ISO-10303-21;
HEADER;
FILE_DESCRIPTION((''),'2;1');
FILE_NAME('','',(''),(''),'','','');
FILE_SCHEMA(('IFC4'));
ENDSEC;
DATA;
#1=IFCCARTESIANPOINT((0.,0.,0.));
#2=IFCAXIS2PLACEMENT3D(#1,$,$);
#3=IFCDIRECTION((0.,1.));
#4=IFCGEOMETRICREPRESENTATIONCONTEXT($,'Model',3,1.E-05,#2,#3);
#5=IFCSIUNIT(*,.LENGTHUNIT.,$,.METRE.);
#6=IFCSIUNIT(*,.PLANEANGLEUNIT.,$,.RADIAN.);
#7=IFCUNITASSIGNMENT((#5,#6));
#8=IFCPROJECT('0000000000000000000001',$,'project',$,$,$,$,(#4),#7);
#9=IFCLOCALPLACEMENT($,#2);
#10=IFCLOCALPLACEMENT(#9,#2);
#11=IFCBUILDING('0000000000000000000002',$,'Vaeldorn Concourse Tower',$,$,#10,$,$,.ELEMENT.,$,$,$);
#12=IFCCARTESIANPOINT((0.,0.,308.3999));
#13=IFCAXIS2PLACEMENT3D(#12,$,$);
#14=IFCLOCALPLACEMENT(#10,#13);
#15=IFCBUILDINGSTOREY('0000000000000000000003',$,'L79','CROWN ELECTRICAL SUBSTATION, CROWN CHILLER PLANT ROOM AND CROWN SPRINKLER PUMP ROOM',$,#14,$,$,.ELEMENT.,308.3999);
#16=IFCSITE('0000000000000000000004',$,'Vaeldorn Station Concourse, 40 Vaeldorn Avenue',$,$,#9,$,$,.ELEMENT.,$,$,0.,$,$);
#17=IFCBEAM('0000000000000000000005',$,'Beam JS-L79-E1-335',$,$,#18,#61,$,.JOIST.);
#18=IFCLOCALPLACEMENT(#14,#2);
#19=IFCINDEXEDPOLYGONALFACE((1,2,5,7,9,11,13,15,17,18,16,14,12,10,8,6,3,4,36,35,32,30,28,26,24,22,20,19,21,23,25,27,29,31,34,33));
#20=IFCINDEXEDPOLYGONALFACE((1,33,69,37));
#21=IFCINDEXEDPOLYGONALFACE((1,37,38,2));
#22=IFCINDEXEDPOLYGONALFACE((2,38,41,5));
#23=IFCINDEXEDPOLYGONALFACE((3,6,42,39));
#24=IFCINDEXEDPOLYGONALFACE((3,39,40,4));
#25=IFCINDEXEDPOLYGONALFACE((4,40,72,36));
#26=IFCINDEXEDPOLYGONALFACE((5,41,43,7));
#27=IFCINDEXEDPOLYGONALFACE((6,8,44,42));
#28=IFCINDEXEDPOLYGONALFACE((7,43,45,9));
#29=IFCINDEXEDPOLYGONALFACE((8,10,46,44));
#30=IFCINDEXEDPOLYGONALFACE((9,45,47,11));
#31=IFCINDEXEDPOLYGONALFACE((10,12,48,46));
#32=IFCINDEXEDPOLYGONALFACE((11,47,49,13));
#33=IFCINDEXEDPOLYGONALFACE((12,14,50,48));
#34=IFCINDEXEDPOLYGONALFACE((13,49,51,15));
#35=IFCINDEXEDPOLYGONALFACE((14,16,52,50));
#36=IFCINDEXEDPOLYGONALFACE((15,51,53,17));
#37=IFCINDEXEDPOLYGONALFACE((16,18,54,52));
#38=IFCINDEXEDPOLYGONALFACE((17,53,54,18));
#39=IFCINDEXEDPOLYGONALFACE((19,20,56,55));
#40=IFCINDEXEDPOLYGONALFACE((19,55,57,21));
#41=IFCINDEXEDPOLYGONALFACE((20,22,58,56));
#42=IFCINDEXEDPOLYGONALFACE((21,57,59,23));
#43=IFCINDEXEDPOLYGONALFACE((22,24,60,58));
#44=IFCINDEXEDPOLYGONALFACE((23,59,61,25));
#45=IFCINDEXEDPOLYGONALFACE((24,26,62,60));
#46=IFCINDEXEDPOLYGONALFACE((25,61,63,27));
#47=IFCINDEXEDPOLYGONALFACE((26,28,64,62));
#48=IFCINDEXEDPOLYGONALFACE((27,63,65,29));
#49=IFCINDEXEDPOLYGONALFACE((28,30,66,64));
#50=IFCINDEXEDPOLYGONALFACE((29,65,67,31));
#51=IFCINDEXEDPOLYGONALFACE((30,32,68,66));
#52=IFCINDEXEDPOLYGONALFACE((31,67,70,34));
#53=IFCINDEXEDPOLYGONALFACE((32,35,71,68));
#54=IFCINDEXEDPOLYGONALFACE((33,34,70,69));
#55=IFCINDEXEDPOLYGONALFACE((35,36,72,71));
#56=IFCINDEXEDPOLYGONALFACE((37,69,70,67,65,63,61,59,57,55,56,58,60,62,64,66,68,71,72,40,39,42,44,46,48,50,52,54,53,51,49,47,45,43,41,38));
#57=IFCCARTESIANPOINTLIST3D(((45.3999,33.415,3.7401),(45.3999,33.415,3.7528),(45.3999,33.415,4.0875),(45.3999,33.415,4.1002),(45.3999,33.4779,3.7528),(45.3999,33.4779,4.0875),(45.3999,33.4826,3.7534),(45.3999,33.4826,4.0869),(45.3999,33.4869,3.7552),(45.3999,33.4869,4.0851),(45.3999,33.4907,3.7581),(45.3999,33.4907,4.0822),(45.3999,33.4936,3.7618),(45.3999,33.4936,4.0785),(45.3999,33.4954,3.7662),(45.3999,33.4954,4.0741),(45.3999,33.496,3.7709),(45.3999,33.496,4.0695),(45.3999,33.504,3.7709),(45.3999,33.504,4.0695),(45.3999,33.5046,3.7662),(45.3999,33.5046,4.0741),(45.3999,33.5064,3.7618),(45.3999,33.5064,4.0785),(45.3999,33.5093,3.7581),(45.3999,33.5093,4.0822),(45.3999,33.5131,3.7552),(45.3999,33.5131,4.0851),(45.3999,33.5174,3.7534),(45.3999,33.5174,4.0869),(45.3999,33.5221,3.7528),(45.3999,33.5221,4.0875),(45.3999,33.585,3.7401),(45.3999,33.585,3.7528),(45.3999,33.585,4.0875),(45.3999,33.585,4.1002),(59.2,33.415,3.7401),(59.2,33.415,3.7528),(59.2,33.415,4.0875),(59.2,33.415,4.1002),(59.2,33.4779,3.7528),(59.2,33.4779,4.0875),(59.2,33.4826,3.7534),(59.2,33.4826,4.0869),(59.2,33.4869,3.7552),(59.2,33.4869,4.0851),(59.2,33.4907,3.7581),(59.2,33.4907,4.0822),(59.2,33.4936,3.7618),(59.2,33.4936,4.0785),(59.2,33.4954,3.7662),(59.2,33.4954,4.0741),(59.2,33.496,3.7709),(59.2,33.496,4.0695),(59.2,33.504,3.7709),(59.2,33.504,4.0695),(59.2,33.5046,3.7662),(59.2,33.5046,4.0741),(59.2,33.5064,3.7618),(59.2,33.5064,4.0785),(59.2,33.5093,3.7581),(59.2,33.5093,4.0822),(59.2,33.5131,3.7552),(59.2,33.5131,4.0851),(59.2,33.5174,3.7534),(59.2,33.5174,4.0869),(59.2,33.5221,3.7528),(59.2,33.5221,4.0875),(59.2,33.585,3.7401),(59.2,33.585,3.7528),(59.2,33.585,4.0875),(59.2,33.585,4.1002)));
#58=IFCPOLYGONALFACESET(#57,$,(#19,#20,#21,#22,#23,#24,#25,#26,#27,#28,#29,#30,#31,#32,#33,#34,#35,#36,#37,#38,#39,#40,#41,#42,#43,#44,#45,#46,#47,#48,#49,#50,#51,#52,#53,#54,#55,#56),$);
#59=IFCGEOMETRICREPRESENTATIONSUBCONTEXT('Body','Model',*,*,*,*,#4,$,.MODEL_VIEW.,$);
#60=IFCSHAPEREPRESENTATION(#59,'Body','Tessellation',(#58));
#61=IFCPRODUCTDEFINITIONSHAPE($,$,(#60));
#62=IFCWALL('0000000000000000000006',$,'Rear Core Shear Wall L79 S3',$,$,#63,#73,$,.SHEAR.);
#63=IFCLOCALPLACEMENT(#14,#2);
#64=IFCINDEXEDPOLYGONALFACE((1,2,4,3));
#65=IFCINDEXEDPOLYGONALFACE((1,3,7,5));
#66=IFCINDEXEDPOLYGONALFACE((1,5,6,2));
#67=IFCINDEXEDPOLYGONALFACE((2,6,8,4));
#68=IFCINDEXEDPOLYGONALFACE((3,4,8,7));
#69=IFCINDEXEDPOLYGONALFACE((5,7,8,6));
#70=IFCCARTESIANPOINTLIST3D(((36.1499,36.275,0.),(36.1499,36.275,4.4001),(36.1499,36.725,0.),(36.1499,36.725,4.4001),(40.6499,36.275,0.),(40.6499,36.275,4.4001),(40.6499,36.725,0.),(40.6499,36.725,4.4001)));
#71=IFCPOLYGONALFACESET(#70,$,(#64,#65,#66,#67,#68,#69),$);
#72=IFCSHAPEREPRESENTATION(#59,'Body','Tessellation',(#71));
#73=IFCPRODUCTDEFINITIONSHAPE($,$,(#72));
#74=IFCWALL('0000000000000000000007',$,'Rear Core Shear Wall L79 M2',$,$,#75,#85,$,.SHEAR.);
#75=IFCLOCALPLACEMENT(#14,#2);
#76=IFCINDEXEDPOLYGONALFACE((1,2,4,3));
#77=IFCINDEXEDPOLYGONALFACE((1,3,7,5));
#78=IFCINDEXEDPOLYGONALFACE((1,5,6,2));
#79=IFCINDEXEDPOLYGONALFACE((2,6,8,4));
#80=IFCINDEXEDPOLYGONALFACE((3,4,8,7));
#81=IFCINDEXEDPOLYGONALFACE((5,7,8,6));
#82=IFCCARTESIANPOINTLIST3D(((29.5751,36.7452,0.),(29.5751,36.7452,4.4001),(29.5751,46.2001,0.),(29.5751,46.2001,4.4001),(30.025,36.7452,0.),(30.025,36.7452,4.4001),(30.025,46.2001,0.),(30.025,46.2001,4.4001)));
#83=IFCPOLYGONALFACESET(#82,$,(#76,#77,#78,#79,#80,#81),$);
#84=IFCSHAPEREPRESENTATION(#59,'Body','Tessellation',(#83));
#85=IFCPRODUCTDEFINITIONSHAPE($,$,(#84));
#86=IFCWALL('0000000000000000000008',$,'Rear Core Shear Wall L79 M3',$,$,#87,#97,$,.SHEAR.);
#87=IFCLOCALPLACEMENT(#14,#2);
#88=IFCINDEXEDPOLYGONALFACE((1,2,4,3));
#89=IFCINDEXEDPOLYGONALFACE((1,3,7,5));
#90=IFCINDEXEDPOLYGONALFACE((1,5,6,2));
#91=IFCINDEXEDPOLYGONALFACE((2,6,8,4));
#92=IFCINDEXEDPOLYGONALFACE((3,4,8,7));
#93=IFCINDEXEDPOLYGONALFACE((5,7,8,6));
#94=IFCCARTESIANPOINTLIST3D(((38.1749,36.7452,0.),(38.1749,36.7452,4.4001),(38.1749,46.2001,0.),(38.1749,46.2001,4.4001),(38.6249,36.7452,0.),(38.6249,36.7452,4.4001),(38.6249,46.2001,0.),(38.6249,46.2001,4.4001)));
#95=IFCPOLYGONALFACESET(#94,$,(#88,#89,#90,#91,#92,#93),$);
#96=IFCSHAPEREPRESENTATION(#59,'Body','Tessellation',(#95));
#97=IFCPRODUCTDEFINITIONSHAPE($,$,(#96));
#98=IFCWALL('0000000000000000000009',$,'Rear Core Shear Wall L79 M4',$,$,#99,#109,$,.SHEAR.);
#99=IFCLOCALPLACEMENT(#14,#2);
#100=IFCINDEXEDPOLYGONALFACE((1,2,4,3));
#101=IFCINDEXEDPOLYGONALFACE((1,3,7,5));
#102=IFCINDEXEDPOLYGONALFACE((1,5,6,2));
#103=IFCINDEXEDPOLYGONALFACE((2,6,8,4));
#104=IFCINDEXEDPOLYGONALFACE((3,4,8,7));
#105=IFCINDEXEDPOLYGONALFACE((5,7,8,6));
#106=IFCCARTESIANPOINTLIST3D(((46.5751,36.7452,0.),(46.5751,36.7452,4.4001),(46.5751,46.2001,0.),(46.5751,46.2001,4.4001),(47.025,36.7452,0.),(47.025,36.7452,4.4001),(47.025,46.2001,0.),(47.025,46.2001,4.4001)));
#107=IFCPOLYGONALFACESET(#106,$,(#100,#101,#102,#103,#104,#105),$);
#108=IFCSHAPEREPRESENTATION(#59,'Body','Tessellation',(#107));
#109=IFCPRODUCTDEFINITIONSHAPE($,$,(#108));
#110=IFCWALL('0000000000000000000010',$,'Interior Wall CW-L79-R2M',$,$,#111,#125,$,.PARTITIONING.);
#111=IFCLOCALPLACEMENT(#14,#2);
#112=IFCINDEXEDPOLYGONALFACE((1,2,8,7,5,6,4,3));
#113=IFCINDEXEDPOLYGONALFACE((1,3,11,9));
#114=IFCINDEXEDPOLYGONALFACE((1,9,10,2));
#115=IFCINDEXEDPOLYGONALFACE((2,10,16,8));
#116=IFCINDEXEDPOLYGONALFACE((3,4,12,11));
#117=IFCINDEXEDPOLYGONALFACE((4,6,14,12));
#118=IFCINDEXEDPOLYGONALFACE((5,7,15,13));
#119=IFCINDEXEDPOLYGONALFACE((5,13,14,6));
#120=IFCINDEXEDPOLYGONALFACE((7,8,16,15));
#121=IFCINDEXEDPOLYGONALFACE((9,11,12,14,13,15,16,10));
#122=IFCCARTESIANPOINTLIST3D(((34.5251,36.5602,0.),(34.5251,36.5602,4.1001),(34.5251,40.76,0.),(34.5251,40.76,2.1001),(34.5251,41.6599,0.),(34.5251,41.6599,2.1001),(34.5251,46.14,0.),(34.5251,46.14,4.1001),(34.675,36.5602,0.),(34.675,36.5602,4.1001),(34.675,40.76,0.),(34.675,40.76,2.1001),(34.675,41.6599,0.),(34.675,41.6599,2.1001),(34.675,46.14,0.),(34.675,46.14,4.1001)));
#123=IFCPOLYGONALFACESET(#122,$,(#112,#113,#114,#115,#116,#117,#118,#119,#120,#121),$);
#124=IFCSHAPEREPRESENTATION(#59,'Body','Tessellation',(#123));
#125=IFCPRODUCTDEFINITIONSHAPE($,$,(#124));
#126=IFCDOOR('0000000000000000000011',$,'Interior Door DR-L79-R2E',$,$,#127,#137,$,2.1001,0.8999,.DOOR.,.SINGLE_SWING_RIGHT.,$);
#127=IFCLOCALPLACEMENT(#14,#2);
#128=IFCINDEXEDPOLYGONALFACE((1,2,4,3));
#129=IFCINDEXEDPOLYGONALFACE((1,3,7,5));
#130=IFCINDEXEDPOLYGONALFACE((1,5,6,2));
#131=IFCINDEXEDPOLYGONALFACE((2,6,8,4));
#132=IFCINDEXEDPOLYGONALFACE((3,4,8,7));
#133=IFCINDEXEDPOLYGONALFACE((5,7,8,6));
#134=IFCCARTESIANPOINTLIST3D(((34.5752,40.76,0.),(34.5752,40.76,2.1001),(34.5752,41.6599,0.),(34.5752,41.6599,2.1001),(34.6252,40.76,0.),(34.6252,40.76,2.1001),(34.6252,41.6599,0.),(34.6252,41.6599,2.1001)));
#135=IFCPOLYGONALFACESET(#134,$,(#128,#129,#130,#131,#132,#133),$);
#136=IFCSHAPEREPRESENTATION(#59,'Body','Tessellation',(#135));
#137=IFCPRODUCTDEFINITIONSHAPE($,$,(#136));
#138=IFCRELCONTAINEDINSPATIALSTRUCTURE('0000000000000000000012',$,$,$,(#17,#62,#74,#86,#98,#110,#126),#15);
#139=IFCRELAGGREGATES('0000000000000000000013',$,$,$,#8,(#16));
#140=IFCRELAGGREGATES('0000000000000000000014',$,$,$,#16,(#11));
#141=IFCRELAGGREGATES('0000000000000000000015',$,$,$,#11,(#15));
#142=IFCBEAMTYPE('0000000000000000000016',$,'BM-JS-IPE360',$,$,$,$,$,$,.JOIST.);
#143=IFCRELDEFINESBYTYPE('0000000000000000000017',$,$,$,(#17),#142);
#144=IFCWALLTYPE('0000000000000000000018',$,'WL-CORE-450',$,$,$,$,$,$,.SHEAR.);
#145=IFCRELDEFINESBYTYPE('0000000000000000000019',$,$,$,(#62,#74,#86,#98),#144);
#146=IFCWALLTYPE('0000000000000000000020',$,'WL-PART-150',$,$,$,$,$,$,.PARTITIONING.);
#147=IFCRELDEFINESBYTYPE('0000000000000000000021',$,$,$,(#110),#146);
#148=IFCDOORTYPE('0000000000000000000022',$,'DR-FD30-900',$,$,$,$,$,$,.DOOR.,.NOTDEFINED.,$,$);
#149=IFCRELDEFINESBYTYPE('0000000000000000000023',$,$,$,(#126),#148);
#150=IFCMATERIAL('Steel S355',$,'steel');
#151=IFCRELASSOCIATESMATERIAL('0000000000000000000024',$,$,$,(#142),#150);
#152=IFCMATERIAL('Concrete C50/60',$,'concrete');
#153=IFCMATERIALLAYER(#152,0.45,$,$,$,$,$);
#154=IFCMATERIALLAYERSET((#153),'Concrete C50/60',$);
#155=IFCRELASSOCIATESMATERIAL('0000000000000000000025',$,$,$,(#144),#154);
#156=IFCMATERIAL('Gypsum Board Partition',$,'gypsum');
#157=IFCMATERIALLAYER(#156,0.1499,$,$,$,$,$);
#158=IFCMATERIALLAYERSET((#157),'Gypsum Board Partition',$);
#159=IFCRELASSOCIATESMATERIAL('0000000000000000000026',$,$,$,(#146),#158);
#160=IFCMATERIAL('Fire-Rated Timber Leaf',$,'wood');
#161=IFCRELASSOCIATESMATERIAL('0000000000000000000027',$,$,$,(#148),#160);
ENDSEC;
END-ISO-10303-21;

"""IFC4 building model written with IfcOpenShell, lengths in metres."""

from ifc_helpers import new_model, si_unit, direction, frame, frame_2d, origin, origin_2d, place, context, subcontext, project, spatial, rectangle, i_section, extrude, source, transform, mapped, material, layer, layer_set, material_profile, profile_set, type_object, element, fill, save


model = new_model("IFC4")

# Units and contexts
model_context = context("Model", 3, precision=1e-05, world=origin(), true_north=direction((0.0, 1.0)))
body_context = subcontext(model_context, "Body", "Model", "MODEL_VIEW")
ifc_project = project(units=[si_unit("LENGTHUNIT", "METRE"), si_unit("PLANEANGLEUNIT", "RADIAN")], contexts=[model_context])

# Site, building, storey
site_placement = place(None, origin())
site = spatial("IfcSite", under=ifc_project, at=site_placement, Name="Vaeldorn Station Concourse, 40 Vaeldorn Avenue", CompositionType="ELEMENT", RefElevation=0.0)
building_placement = place(site_placement, origin())
building = spatial("IfcBuilding", under=site, at=building_placement, Name="Vaeldorn Concourse Tower", CompositionType="ELEMENT")
storey_placement = place(building_placement, frame((0.0, 0.0, 308.3999)))
storey = spatial("IfcBuildingStorey", under=building, at=storey_placement, Name="L79", Description="CROWN ELECTRICAL SUBSTATION, CROWN CHILLER PLANT ROOM AND CROWN SPRINKLER PUMP ROOM", CompositionType="ELEMENT", Elevation=308.3999)

# Shared definitions
ifc_material_1 = material(Name="Steel S355", Category="steel")

# Beam
ifc_material_2 = material(Name="Concrete C50/60", Category="concrete")
ifc_material_profile_1 = material_profile(ifc_material_1, i_section(OverallWidth=0.1699, OverallDepth=0.3601, WebThickness=0.0081, FlangeThickness=0.0127, FilletRadius=0.0181, at=origin_2d()), Name="IPE 360")
ifc_profile_set_1 = profile_set([ifc_material_profile_1], Name="Steel S355")
beam_type_1 = type_object("IfcBeamType", Name="BM-JS-IPE360", PredefinedType="JOIST", material=ifc_profile_set_1)
shared_shape_1 = source(origin(), body_context, "Body", "SweptSolid", [
    extrude(i_section(OverallWidth=0.1699, OverallDepth=0.3601, WebThickness=0.0081, FlangeThickness=0.0127, FilletRadius=0.0181, at=origin_2d()), origin(), (0.0, 0.0, 1.0), 13.8),
])
beam_1_placement = place(storey_placement, frame((45.3999, 33.5, 3.9202), z_axis=(1.0, 0.0, 0.0), x_axis=(0.0, 1.0, 0.0)))
element("IfcBeam", 1, at=beam_1_placement, inside=storey, type_object=beam_type_1, Name="Beam JS-L79-E1-335", PredefinedType="JOIST", context=body_context, shape_type="MappedRepresentation", body=[
    mapped(shared_shape_1, transform((0.0, 0.0, 0.0), scale=1.0)),
])

# Walls
ifc_layer_1 = layer(ifc_material_2, 0.45)
ifc_layer_set_1 = layer_set([ifc_layer_1], Name="Concrete C50/60")
wall_type_1 = type_object("IfcWallType", Name="WL-CORE-450", PredefinedType="SHEAR", material=ifc_layer_set_1)
wall_1_placement = place(storey_placement, frame((36.1499, 36.5, 0.0), z_axis=(0.0, 0.0, 1.0), x_axis=(1.0, 0.0, 0.0)))
element("IfcWall", 2, at=wall_1_placement, inside=storey, type_object=wall_type_1, Name="Rear Core Shear Wall L79 S3", PredefinedType="SHEAR", context=body_context, shape_type="SweptSolid", body=[
    extrude(rectangle(XDim=4.5, YDim=0.45, at=frame_2d((2.25, 0.0))), origin(), (0.0, 0.0, 1.0), 4.4001),
])
for number, where, z_axis, x_axis, name in (
    (3, (29.8, 36.7451, 0.0), (0.0, 0.0, 1.0), (0.0, 1.0, 0.0), "Rear Core Shear Wall L79 M2"),
    (4, (38.3999, 36.7451, 0.0), (0.0, 0.0, 1.0), (0.0, 1.0, 0.0), "Rear Core Shear Wall L79 M3"),
    (5, (46.8, 36.7451, 0.0), (0.0, 0.0, 1.0), (0.0, 1.0, 0.0), "Rear Core Shear Wall L79 M4"),
):
    element("IfcWall", number, at=place(storey_placement, frame(where, z_axis=z_axis, x_axis=x_axis)), inside=storey, type_object=wall_type_1, Name=name, PredefinedType="SHEAR", context=body_context, shape_type="SweptSolid", body=[
        extrude(rectangle(XDim=9.4548, YDim=0.45, at=frame_2d((4.7275, 0.0))), origin(), (0.0, 0.0, 1.0), 4.4001),
    ])

# Wall, opening, door
ifc_material_3 = material(Name="Gypsum Board Partition", Category="gypsum")
ifc_layer_2 = layer(ifc_material_3, 0.1499)
ifc_layer_set_2 = layer_set([ifc_layer_2], Name="Gypsum Board Partition")
wall_type_2 = type_object("IfcWallType", Name="WL-PART-150", PredefinedType="PARTITIONING", material=ifc_layer_set_2)
wall_2_placement = place(storey_placement, frame((34.6001, 36.5601, 0.0), z_axis=(0.0, 0.0, 1.0), x_axis=(0.0, 1.0, 0.0)))
wall_2 = element("IfcWall", 6, at=wall_2_placement, inside=storey, type_object=wall_type_2, Name="Interior Wall CW-L79-R2M", PredefinedType="PARTITIONING", context=body_context, shape_type="SweptSolid", body=[
    extrude(rectangle(XDim=9.5798, YDim=0.1499, at=frame_2d((4.79, 0.0))), origin(), (0.0, 0.0, 1.0), 4.1001),
])
opening_1_placement = place(wall_2_placement, frame((4.2, 0.0, 0.0)))
opening_1 = element("IfcOpeningElement", 7, at=opening_1_placement, cuts=wall_2, PredefinedType="OPENING", context=body_context, shape_type="SweptSolid", body=[
    extrude(rectangle(XDim=0.8999, YDim=2.1001, at=frame_2d((0.45, 1.05))), frame((0.0, 0.085, 0.0), z_axis=(0.0, -1.0, 0.0), x_axis=(1.0, 0.0, 0.0)), (0.0, 0.0, 1.0), 0.1699),
])
ifc_material_4 = material(Name="Fire-Rated Timber Leaf", Category="wood")
door_type_1 = type_object("IfcDoorType", Name="DR-FD30-900", OperationType="NOTDEFINED", PredefinedType="DOOR", material=ifc_material_4)
shared_shape_2 = source(origin(), body_context, "Body", "SweptSolid", [
    extrude(rectangle(XDim=0.8999, YDim=2.1001, at=frame_2d((0.45, 1.05))), frame((0.0, 0.0249, 0.0), z_axis=(0.0, -1.0, 0.0), x_axis=(1.0, 0.0, 0.0)), (0.0, 0.0, 1.0), 0.05),
])
door_1_placement = place(opening_1_placement, origin())
door_1 = element("IfcDoor", 8, at=door_1_placement, inside=storey, type_object=door_type_1, Name="Interior Door DR-L79-R2E", OperationType="SINGLE_SWING_RIGHT", OverallHeight=2.1001, OverallWidth=0.8999, PredefinedType="DOOR", context=body_context, shape_type="MappedRepresentation", body=[
    mapped(shared_shape_2, transform((0.0, 0.0, 0.0), scale=1.0)),
])
fill(opening_1, door_1)

save(model, "model.ifc")
